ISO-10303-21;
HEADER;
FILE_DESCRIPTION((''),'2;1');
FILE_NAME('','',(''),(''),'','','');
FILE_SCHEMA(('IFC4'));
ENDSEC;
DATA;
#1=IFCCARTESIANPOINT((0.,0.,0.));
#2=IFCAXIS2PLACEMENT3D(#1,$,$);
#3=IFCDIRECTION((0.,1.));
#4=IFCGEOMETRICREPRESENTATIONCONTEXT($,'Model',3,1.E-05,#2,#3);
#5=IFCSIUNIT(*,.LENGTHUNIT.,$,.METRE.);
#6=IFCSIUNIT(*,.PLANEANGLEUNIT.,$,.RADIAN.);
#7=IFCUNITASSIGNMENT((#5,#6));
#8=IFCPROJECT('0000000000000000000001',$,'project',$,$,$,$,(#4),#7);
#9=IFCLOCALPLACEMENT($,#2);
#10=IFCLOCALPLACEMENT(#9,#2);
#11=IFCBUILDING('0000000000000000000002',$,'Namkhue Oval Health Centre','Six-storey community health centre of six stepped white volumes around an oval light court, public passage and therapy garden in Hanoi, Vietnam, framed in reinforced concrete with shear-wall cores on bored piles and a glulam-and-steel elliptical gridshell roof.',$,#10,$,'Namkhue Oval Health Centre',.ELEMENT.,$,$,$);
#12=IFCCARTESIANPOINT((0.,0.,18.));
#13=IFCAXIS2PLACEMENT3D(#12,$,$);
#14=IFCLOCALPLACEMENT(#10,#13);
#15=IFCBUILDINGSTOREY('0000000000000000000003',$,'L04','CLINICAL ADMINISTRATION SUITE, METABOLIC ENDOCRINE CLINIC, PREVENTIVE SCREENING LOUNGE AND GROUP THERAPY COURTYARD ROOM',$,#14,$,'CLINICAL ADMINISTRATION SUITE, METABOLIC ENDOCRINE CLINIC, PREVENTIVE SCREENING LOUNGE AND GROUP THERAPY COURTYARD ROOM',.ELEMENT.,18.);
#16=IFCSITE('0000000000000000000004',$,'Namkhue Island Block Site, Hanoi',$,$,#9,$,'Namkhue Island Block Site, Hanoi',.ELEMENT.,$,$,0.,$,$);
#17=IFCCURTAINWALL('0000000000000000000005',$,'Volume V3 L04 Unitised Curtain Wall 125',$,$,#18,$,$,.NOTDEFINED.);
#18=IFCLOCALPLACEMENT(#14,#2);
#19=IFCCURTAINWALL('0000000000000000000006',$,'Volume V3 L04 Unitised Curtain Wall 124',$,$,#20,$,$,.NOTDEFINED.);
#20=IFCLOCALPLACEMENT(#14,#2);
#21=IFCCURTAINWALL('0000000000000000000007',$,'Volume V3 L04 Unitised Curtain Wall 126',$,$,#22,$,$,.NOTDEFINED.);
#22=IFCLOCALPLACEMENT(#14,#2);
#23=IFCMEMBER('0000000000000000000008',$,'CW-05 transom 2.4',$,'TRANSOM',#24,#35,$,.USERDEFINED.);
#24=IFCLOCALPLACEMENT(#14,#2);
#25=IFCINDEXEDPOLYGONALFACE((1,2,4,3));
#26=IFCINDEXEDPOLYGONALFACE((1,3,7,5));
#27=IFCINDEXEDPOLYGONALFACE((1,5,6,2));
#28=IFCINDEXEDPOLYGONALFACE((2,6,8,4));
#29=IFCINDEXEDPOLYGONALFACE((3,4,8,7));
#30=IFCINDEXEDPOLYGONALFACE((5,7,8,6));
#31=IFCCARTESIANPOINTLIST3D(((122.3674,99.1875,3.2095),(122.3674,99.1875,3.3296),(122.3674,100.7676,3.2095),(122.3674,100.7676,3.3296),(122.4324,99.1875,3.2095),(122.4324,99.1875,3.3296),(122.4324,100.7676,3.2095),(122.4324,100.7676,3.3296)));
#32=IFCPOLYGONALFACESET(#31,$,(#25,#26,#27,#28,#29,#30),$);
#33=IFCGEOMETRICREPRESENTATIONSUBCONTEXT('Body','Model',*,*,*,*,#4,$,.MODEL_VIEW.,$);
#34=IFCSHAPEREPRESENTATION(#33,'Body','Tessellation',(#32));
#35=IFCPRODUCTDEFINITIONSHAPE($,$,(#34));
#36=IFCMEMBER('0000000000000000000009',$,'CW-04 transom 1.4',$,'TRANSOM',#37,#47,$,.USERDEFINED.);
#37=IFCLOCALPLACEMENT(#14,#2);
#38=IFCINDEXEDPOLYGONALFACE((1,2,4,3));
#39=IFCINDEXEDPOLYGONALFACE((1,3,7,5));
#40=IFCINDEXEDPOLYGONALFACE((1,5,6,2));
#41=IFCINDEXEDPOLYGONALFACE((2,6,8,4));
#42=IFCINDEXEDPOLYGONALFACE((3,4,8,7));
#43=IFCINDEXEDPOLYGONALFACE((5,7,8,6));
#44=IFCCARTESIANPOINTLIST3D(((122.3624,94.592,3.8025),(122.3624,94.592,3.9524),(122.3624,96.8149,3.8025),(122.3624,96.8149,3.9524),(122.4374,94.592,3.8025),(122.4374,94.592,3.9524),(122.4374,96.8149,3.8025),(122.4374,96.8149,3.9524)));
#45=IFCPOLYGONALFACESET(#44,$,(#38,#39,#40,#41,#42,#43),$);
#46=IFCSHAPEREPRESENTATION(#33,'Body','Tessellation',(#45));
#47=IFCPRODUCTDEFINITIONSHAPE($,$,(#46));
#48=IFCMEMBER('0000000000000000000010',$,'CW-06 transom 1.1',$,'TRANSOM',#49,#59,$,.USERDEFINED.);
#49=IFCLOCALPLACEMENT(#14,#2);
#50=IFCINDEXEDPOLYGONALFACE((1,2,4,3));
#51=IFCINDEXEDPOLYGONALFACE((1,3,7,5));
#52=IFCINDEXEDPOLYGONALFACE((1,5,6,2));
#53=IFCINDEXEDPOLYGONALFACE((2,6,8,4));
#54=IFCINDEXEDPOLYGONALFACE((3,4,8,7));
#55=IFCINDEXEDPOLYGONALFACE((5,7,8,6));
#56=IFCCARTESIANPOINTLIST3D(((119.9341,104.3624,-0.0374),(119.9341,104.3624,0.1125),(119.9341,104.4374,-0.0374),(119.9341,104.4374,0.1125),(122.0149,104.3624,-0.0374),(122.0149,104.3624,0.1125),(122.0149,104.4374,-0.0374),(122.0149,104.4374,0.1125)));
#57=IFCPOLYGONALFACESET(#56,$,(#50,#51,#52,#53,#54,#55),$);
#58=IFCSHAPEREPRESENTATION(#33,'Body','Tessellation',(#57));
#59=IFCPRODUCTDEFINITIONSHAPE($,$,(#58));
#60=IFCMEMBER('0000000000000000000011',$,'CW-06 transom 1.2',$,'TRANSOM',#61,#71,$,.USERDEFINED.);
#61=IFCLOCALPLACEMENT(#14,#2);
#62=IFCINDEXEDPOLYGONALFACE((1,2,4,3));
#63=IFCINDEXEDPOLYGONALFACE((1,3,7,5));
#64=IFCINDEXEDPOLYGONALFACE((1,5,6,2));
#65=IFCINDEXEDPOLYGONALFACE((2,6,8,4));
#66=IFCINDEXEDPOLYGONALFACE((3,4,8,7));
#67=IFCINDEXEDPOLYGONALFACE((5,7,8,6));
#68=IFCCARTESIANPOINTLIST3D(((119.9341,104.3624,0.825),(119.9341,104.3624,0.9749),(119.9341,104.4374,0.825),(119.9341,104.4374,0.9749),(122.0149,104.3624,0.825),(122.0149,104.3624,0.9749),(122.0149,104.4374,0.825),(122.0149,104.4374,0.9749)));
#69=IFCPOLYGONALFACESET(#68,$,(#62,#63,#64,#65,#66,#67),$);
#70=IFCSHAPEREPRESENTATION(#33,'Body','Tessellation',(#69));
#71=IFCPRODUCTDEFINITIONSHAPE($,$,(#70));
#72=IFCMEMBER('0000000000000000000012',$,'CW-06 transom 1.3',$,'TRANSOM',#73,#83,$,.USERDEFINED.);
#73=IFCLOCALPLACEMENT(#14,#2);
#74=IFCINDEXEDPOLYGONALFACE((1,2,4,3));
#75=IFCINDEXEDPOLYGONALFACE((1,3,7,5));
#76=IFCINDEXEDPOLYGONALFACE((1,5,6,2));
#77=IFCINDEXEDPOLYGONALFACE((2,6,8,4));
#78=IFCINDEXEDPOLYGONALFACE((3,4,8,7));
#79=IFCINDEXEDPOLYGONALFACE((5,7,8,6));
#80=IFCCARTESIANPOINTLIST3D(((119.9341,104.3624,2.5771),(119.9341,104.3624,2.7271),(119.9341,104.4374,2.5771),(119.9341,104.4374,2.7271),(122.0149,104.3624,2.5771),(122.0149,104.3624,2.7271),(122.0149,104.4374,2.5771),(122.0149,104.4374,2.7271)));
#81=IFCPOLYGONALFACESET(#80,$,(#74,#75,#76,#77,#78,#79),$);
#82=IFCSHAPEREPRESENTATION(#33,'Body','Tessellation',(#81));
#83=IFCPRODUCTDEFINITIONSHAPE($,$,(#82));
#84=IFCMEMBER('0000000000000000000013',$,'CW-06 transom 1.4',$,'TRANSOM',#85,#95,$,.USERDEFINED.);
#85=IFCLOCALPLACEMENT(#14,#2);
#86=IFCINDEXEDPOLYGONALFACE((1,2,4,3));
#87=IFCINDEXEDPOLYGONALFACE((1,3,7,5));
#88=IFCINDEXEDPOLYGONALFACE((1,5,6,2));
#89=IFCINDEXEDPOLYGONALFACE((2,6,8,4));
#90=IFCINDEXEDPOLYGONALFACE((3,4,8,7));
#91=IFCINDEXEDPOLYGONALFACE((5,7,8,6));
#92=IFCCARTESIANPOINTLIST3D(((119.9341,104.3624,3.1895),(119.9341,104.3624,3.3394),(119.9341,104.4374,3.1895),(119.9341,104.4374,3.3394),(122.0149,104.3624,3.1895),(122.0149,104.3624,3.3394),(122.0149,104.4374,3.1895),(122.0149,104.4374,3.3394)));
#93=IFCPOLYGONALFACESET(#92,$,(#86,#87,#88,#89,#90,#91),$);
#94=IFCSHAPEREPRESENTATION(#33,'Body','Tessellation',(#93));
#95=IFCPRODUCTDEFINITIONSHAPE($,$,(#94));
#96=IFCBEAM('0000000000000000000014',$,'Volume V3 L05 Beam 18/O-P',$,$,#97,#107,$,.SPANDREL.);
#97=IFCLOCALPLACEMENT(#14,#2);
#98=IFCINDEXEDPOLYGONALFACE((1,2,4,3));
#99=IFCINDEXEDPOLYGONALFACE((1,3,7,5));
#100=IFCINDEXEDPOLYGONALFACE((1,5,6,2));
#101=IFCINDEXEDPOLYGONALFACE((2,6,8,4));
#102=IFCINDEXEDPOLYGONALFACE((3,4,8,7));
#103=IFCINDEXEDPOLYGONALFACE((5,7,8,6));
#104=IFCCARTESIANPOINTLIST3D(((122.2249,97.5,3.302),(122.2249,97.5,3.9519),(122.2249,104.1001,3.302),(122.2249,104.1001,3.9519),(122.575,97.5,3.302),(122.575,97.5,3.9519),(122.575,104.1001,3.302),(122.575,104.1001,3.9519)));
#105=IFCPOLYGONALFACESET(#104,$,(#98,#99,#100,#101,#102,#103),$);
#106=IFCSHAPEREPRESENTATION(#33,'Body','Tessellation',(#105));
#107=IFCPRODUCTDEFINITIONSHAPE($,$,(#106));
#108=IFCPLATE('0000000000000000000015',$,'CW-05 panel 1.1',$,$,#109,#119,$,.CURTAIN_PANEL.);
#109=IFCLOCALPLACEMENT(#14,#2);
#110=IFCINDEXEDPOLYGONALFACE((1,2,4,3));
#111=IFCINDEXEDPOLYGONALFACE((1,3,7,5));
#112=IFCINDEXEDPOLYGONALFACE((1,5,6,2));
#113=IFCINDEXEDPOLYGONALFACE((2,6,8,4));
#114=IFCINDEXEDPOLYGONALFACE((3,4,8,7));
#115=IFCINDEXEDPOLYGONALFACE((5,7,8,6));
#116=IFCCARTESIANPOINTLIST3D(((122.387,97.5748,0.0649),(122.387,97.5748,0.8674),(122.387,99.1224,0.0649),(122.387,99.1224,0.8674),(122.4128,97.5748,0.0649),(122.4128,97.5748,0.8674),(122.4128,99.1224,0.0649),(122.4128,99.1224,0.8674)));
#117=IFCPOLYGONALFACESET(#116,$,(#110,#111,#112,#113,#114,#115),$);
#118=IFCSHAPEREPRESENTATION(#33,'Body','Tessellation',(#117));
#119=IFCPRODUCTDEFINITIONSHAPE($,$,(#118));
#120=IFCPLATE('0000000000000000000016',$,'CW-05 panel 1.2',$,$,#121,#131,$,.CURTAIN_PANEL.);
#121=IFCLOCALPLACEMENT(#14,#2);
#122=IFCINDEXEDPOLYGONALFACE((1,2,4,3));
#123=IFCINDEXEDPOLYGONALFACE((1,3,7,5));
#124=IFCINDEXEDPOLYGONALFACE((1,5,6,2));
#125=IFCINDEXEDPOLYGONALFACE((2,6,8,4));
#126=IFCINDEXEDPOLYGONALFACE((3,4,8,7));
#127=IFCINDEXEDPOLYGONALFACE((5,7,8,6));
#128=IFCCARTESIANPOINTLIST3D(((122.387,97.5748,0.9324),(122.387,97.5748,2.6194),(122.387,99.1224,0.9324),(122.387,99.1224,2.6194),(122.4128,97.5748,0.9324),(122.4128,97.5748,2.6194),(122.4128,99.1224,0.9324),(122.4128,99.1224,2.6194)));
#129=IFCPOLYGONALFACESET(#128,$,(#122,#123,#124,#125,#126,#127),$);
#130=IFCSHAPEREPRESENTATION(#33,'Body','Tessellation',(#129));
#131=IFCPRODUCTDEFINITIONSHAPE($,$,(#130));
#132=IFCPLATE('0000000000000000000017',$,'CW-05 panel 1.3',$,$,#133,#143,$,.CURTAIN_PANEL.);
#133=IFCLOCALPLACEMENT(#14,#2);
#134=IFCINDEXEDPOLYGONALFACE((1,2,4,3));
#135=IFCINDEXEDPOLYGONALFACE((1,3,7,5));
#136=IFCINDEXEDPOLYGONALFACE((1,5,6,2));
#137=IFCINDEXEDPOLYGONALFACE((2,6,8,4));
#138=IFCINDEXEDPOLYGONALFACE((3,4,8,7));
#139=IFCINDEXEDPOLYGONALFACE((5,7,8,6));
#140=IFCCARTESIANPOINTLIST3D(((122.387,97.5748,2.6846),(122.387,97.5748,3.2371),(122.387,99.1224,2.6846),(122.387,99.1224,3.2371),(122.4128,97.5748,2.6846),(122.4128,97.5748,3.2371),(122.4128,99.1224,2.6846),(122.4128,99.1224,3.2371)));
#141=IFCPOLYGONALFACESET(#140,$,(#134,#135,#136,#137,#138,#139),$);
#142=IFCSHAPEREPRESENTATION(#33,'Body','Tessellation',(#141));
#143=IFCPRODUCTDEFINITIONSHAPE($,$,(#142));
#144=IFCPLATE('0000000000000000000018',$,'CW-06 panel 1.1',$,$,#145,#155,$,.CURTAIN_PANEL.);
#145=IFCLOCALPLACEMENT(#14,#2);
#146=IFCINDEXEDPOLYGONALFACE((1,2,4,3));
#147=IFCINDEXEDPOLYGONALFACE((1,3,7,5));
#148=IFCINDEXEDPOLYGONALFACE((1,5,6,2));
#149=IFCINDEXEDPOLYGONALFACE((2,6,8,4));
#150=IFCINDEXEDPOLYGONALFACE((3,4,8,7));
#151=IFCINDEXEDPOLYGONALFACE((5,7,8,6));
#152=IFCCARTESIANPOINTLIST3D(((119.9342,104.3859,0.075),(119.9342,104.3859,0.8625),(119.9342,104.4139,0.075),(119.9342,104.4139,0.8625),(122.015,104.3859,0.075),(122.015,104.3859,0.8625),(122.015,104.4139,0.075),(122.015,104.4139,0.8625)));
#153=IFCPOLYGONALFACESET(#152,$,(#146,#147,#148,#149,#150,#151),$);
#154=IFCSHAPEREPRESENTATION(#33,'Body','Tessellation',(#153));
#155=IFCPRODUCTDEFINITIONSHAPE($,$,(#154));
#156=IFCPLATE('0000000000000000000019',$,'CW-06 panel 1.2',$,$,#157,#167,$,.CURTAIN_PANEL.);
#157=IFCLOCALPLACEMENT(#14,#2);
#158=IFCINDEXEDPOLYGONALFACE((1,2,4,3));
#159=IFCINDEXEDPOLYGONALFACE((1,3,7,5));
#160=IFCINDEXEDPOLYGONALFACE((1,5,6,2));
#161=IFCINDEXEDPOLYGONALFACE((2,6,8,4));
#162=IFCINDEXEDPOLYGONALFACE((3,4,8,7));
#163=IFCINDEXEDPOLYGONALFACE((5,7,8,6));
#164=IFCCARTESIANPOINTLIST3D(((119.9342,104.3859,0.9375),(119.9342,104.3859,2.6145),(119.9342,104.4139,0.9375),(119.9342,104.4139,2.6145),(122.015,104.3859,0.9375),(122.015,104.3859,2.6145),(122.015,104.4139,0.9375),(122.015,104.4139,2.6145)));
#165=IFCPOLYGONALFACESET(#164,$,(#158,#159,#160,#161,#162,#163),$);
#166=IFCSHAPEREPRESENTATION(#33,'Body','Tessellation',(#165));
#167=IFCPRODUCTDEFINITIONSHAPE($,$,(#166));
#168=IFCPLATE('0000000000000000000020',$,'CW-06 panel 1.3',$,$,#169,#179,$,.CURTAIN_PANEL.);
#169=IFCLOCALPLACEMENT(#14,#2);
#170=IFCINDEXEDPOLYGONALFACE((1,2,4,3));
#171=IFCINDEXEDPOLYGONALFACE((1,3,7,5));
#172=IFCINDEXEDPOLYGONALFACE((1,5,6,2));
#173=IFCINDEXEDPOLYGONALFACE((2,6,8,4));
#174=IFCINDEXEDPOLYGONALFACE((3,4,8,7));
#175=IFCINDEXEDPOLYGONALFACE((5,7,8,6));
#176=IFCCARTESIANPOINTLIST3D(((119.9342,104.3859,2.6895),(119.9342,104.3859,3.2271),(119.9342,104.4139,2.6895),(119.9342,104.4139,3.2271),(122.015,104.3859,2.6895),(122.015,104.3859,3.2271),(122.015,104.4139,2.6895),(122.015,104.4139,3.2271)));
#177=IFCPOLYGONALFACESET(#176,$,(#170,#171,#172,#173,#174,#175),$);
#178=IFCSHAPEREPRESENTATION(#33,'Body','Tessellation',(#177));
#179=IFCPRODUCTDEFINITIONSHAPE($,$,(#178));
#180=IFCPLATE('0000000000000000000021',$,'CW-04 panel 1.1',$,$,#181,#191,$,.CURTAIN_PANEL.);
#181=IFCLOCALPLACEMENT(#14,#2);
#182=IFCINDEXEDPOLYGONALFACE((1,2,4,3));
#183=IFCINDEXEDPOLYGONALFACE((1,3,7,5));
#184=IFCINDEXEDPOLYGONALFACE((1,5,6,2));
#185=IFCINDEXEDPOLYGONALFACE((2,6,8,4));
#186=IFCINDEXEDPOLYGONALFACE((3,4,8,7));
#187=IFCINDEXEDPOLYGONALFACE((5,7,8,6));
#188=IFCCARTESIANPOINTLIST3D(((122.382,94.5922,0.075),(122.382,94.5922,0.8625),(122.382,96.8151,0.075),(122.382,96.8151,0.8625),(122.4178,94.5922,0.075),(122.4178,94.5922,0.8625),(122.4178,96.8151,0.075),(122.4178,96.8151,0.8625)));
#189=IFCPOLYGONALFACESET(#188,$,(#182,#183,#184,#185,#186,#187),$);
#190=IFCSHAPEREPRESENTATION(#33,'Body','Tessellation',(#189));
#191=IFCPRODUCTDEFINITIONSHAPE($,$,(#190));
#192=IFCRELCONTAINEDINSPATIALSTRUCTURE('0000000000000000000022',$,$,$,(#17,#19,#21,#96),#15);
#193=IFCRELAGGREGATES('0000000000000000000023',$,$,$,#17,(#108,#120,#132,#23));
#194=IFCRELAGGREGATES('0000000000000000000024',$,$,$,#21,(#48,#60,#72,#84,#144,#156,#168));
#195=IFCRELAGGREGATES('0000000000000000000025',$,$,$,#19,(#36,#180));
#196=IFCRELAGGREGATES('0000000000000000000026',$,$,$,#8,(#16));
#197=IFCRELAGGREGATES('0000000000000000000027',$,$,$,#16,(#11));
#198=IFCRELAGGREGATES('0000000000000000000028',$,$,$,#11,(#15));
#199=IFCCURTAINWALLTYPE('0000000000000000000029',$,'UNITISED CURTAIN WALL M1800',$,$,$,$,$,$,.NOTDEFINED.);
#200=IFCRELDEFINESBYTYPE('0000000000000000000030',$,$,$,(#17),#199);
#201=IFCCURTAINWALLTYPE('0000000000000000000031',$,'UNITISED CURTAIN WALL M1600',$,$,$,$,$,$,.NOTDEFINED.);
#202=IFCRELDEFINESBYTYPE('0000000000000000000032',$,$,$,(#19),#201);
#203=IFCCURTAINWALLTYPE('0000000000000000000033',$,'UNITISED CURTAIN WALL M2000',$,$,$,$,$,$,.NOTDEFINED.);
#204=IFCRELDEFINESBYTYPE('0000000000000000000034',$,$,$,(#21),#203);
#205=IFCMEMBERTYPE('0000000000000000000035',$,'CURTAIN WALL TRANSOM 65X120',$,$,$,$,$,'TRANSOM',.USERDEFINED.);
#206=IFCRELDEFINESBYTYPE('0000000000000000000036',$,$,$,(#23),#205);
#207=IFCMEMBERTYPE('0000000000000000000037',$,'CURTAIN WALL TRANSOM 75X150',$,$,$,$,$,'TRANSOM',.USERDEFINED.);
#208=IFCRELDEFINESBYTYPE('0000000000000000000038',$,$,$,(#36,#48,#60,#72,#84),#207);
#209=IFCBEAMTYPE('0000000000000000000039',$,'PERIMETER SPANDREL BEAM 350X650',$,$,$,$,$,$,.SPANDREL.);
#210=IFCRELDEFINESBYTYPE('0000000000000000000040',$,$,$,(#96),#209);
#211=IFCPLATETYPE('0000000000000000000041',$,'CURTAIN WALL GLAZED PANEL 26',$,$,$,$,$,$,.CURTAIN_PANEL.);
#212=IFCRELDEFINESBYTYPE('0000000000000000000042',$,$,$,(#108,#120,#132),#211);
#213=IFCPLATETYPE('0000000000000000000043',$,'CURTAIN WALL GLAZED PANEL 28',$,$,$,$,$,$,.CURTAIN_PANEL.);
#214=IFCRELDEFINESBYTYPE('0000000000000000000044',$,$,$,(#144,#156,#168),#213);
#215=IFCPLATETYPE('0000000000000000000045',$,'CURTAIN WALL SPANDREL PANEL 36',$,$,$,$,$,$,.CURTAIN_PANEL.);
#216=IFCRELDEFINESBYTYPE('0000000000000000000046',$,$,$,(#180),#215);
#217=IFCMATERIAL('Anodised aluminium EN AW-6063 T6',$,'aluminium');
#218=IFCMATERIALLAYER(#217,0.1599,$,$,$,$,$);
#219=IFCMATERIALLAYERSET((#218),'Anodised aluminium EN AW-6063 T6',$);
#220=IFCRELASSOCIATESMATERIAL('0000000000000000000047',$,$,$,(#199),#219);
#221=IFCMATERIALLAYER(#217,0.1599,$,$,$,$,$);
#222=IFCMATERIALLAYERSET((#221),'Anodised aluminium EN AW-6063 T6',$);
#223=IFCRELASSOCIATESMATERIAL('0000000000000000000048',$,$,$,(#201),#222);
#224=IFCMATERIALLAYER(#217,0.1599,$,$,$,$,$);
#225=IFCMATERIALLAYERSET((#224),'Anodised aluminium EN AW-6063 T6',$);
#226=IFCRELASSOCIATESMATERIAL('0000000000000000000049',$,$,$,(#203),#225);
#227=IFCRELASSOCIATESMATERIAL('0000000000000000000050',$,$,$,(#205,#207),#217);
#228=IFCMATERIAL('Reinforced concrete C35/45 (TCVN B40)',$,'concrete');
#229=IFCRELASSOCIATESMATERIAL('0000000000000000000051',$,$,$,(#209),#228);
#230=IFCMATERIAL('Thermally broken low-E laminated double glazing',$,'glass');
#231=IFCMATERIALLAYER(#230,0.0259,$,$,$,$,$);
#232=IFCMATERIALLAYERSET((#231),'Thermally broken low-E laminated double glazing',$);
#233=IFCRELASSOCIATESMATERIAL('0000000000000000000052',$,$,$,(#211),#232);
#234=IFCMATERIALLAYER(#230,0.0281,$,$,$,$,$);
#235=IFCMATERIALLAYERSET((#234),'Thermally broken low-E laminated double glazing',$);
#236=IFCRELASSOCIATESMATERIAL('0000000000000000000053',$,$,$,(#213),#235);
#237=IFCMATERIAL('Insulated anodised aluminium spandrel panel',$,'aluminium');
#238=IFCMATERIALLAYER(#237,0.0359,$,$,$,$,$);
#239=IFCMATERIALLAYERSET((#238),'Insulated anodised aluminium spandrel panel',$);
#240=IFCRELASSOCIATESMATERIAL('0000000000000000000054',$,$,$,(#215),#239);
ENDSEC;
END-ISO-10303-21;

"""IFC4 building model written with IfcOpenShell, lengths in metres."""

from ifc_helpers import new_model, si_unit, direction, frame, origin, origin_2d, place, context, subcontext, project, spatial, rectangle, extrude, material, layer, layer_set, material_profile, profile_set, type_object, element, aggregate, save


model = new_model("IFC4")

# Units and contexts
model_context = context("Model", 3, precision=1e-05, world=origin(), true_north=direction((0.0, 1.0)))
body_context = subcontext(model_context, "Body", "Model", "MODEL_VIEW")
ifc_project = project(units=[si_unit("LENGTHUNIT", "METRE"), si_unit("PLANEANGLEUNIT", "RADIAN")], contexts=[model_context])

# Site, building, storey
site_placement = place(None, origin())
site = spatial("IfcSite", under=ifc_project, at=site_placement, Name="Namkhue Island Block Site, Hanoi", LongName="Namkhue Island Block Site, Hanoi", CompositionType="ELEMENT", RefElevation=0.0)
building_placement = place(site_placement, origin())
building = spatial("IfcBuilding", under=site, at=building_placement, Name="Namkhue Oval Health Centre", Description="Six-storey community health centre of six stepped white volumes around an oval light court, public passage and therapy garden in Hanoi, Vietnam, framed in reinforced concrete with shear-wall cores on bored piles and a glulam-and-steel elliptical gridshell roof.", LongName="Namkhue Oval Health Centre", CompositionType="ELEMENT")
storey_placement = place(building_placement, frame((0.0, 0.0, 18.0)))
storey = spatial("IfcBuildingStorey", under=building, at=storey_placement, Name="L04", Description="CLINICAL ADMINISTRATION SUITE, METABOLIC ENDOCRINE CLINIC, PREVENTIVE SCREENING LOUNGE AND GROUP THERAPY COURTYARD ROOM", LongName="CLINICAL ADMINISTRATION SUITE, METABOLIC ENDOCRINE CLINIC, PREVENTIVE SCREENING LOUNGE AND GROUP THERAPY COURTYARD ROOM", CompositionType="ELEMENT", Elevation=18.0)

# Shared definitions
ifc_material_1 = material(Name="Reinforced concrete C35/45 (TCVN B40)", Category="concrete")

# Curtain wall
ifc_material_2 = material(Name="Anodised aluminium EN AW-6063 T6", Category="aluminium")
ifc_layer_1 = layer(ifc_material_2, 0.1599)
ifc_layer_set_1 = layer_set([ifc_layer_1], Name="Anodised aluminium EN AW-6063 T6")
curtain_wall_type_1 = type_object("IfcCurtainWallType", Name="UNITISED CURTAIN WALL M1800", PredefinedType="NOTDEFINED", material=ifc_layer_set_1)
curtain_wall_1_placement = place(storey_placement, origin())
curtain_wall_1 = element("IfcCurtainWall", 1, at=curtain_wall_1_placement, inside=storey, type_object=curtain_wall_type_1, Name="Volume V3 L04 Unitised Curtain Wall 125", PredefinedType="NOTDEFINED")

# Curtain walls
ifc_layer_2 = layer(ifc_material_2, 0.1599)
ifc_layer_set_2 = layer_set([ifc_layer_2], Name="Anodised aluminium EN AW-6063 T6")
curtain_wall_type_2 = type_object("IfcCurtainWallType", Name="UNITISED CURTAIN WALL M1600", PredefinedType="NOTDEFINED", material=ifc_layer_set_2)
curtain_wall_2_placement = place(storey_placement, origin())
curtain_wall_2 = element("IfcCurtainWall", 2, at=curtain_wall_2_placement, inside=storey, type_object=curtain_wall_type_2, Name="Volume V3 L04 Unitised Curtain Wall 124", PredefinedType="NOTDEFINED")
ifc_layer_3 = layer(ifc_material_2, 0.1599)
ifc_layer_set_3 = layer_set([ifc_layer_3], Name="Anodised aluminium EN AW-6063 T6")
curtain_wall_type_3 = type_object("IfcCurtainWallType", Name="UNITISED CURTAIN WALL M2000", PredefinedType="NOTDEFINED", material=ifc_layer_set_3)
curtain_wall_3_placement = place(storey_placement, origin())
curtain_wall_3 = element("IfcCurtainWall", 3, at=curtain_wall_3_placement, inside=storey, type_object=curtain_wall_type_3, Name="Volume V3 L04 Unitised Curtain Wall 126", PredefinedType="NOTDEFINED")

# Members
ifc_material_profile_1 = material_profile(ifc_material_2, rectangle(XDim=0.0649, YDim=0.1201, at=origin_2d()), Name="ALU 65x120")
ifc_profile_set_1 = profile_set([ifc_material_profile_1], Name="Anodised aluminium EN AW-6063 T6")
member_type_1 = type_object("IfcMemberType", Name="CURTAIN WALL TRANSOM 65X120", ElementType="TRANSOM", PredefinedType="USERDEFINED", material=ifc_profile_set_1)
member_1_placement = place(storey_placement, frame((122.3999, 99.1875, 3.2695), z_axis=(0.0, 1.0, 0.0), x_axis=(-1.0, 0.0, 0.0)))
member_1 = element("IfcMember", 4, at=member_1_placement, type_object=member_type_1, Name="CW-05 transom 2.4", ObjectType="TRANSOM", PredefinedType="USERDEFINED", context=body_context, shape_type="SweptSolid", body=[
    extrude(rectangle(XDim=0.0649, YDim=0.1201, at=origin_2d()), origin(), (0.0, 0.0, 1.0), 1.5801),
])
ifc_material_profile_2 = material_profile(ifc_material_2, rectangle(XDim=0.075, YDim=0.1499, at=origin_2d()), Name="ALU 75x150")
ifc_profile_set_2 = profile_set([ifc_material_profile_2], Name="Anodised aluminium EN AW-6063 T6")
member_type_2 = type_object("IfcMemberType", Name="CURTAIN WALL TRANSOM 75X150", ElementType="TRANSOM", PredefinedType="USERDEFINED", material=ifc_profile_set_2)
member_2_placement = place(storey_placement, frame((122.3999, 94.592, 3.8774), z_axis=(0.0, 1.0, 0.0), x_axis=(-1.0, 0.0, 0.0)))
member_2 = element("IfcMember", 5, at=member_2_placement, type_object=member_type_2, Name="CW-04 transom 1.4", ObjectType="TRANSOM", PredefinedType="USERDEFINED", context=body_context, shape_type="SweptSolid", body=[
    extrude(rectangle(XDim=0.075, YDim=0.1499, at=origin_2d()), origin(), (0.0, 0.0, 1.0), 2.2229),
])
member_3_placement = place(storey_placement, frame((122.0149, 104.3999, 0.0376), z_axis=(-1.0, 0.0, 0.0), x_axis=(0.0, -1.0, 0.0)))
member_3 = element("IfcMember", 6, at=member_3_placement, type_object=member_type_2, Name="CW-06 transom 1.1", ObjectType="TRANSOM", PredefinedType="USERDEFINED", context=body_context, shape_type="SweptSolid", body=[
    extrude(rectangle(XDim=0.075, YDim=0.1499, at=origin_2d()), origin(), (0.0, 0.0, 1.0), 2.0808),
])
member_4_placement = place(storey_placement, frame((122.0149, 104.3999, 0.8999), z_axis=(-1.0, 0.0, 0.0), x_axis=(0.0, -1.0, 0.0)))
member_4 = element("IfcMember", 7, at=member_4_placement, type_object=member_type_2, Name="CW-06 transom 1.2", ObjectType="TRANSOM", PredefinedType="USERDEFINED", context=body_context, shape_type="SweptSolid", body=[
    extrude(rectangle(XDim=0.075, YDim=0.1499, at=origin_2d()), origin(), (0.0, 0.0, 1.0), 2.0808),
])
member_5_placement = place(storey_placement, frame((122.0149, 104.3999, 2.6521), z_axis=(-1.0, 0.0, 0.0), x_axis=(0.0, -1.0, 0.0)))
member_5 = element("IfcMember", 8, at=member_5_placement, type_object=member_type_2, Name="CW-06 transom 1.3", ObjectType="TRANSOM", PredefinedType="USERDEFINED", context=body_context, shape_type="SweptSolid", body=[
    extrude(rectangle(XDim=0.075, YDim=0.1499, at=origin_2d()), origin(), (0.0, 0.0, 1.0), 2.0808),
])
member_6_placement = place(storey_placement, frame((122.0149, 104.3999, 3.2644), z_axis=(-1.0, 0.0, 0.0), x_axis=(0.0, -1.0, 0.0)))
member_6 = element("IfcMember", 9, at=member_6_placement, type_object=member_type_2, Name="CW-06 transom 1.4", ObjectType="TRANSOM", PredefinedType="USERDEFINED", context=body_context, shape_type="SweptSolid", body=[
    extrude(rectangle(XDim=0.075, YDim=0.1499, at=origin_2d()), origin(), (0.0, 0.0, 1.0), 2.0808),
])

# Beam
ifc_material_profile_3 = material_profile(ifc_material_1, rectangle(XDim=0.3501, YDim=0.6499, at=origin_2d()), Name="RC 350x650")
ifc_profile_set_3 = profile_set([ifc_material_profile_3], Name="Reinforced concrete C35/45 (TCVN B40)")
beam_type = type_object("IfcBeamType", Name="PERIMETER SPANDREL BEAM 350X650", PredefinedType="SPANDREL", material=ifc_profile_set_3)
beam_placement = place(storey_placement, frame((122.3999, 97.5, 3.627), z_axis=(0.0, 1.0, 0.0), x_axis=(-1.0, 0.0, 0.0)))
element("IfcBeam", 10, at=beam_placement, inside=storey, type_object=beam_type, Name="Volume V3 L05 Beam 18/O-P", PredefinedType="SPANDREL", context=body_context, shape_type="SweptSolid", body=[
    extrude(rectangle(XDim=0.3501, YDim=0.6499, at=origin_2d()), origin(), (0.0, 0.0, 1.0), 6.6001),
])

# Plates
ifc_material_3 = material(Name="Thermally broken low-E laminated double glazing", Category="glass")
ifc_layer_4 = layer(ifc_material_3, 0.0259)
ifc_layer_set_4 = layer_set([ifc_layer_4], Name="Thermally broken low-E laminated double glazing")
plate_type_1 = type_object("IfcPlateType", Name="CURTAIN WALL GLAZED PANEL 26", PredefinedType="CURTAIN_PANEL", material=ifc_layer_set_4)
plate_1_placement = place(storey_placement, frame((122.3999, 98.3486, 0.0649), z_axis=(0.0, 0.0, 1.0), x_axis=(0.0, 1.0, 0.0)))
plate_1 = element("IfcPlate", 11, at=plate_1_placement, type_object=plate_type_1, Name="CW-05 panel 1.1", PredefinedType="CURTAIN_PANEL", context=body_context, shape_type="SweptSolid", body=[
    extrude(rectangle(XDim=1.5476, YDim=0.0259, at=origin_2d()), origin(), (0.0, 0.0, 1.0), 0.8025),
])
plate_2_placement = place(storey_placement, frame((122.3999, 98.3486, 0.9324), z_axis=(0.0, 0.0, 1.0), x_axis=(0.0, 1.0, 0.0)))
plate_2 = element("IfcPlate", 12, at=plate_2_placement, type_object=plate_type_1, Name="CW-05 panel 1.2", PredefinedType="CURTAIN_PANEL", context=body_context, shape_type="SweptSolid", body=[
    extrude(rectangle(XDim=1.5476, YDim=0.0259, at=origin_2d()), origin(), (0.0, 0.0, 1.0), 1.687),
])
plate_3_placement = place(storey_placement, frame((122.3999, 98.3486, 2.6846), z_axis=(0.0, 0.0, 1.0), x_axis=(0.0, 1.0, 0.0)))
plate_3 = element("IfcPlate", 13, at=plate_3_placement, type_object=plate_type_1, Name="CW-05 panel 1.3", PredefinedType="CURTAIN_PANEL", context=body_context, shape_type="SweptSolid", body=[
    extrude(rectangle(XDim=1.5476, YDim=0.0259, at=origin_2d()), origin(), (0.0, 0.0, 1.0), 0.5525),
])
aggregate(curtain_wall_1, [plate_1, plate_2, plate_3, member_1])
ifc_layer_5 = layer(ifc_material_3, 0.0281)
ifc_layer_set_5 = layer_set([ifc_layer_5], Name="Thermally broken low-E laminated double glazing")
plate_type_2 = type_object("IfcPlateType", Name="CURTAIN WALL GLAZED PANEL 28", PredefinedType="CURTAIN_PANEL", material=ifc_layer_set_5)
plate_4_placement = place(storey_placement, frame((120.9746, 104.3999, 0.075), z_axis=(0.0, 0.0, 1.0), x_axis=(-1.0, 0.0, 0.0)))
plate_4 = element("IfcPlate", 14, at=plate_4_placement, type_object=plate_type_2, Name="CW-06 panel 1.1", PredefinedType="CURTAIN_PANEL", context=body_context, shape_type="SweptSolid", body=[
    extrude(rectangle(XDim=2.0808, YDim=0.0281, at=origin_2d()), origin(), (0.0, 0.0, 1.0), 0.7876),
])
plate_5_placement = place(storey_placement, frame((120.9746, 104.3999, 0.9375), z_axis=(0.0, 0.0, 1.0), x_axis=(-1.0, 0.0, 0.0)))
plate_5 = element("IfcPlate", 15, at=plate_5_placement, type_object=plate_type_2, Name="CW-06 panel 1.2", PredefinedType="CURTAIN_PANEL", context=body_context, shape_type="SweptSolid", body=[
    extrude(rectangle(XDim=2.0808, YDim=0.0281, at=origin_2d()), origin(), (0.0, 0.0, 1.0), 1.677),
])
plate_6_placement = place(storey_placement, frame((120.9746, 104.3999, 2.6895), z_axis=(0.0, 0.0, 1.0), x_axis=(-1.0, 0.0, 0.0)))
plate_6 = element("IfcPlate", 16, at=plate_6_placement, type_object=plate_type_2, Name="CW-06 panel 1.3", PredefinedType="CURTAIN_PANEL", context=body_context, shape_type="SweptSolid", body=[
    extrude(rectangle(XDim=2.0808, YDim=0.0281, at=origin_2d()), origin(), (0.0, 0.0, 1.0), 0.5376),
])
aggregate(curtain_wall_3, [member_3, member_4, member_5, member_6, plate_4, plate_5, plate_6])
ifc_material_4 = material(Name="Insulated anodised aluminium spandrel panel", Category="aluminium")
ifc_layer_6 = layer(ifc_material_4, 0.0359)
ifc_layer_set_6 = layer_set([ifc_layer_6], Name="Insulated anodised aluminium spandrel panel")
plate_type_3 = type_object("IfcPlateType", Name="CURTAIN WALL SPANDREL PANEL 36", PredefinedType="CURTAIN_PANEL", material=ifc_layer_set_6)
plate_7_placement = place(storey_placement, frame((122.3999, 95.7036, 0.075), z_axis=(0.0, 0.0, 1.0), x_axis=(0.0, 1.0, 0.0)))
plate_7 = element("IfcPlate", 17, at=plate_7_placement, type_object=plate_type_3, Name="CW-04 panel 1.1", PredefinedType="CURTAIN_PANEL", context=body_context, shape_type="SweptSolid", body=[
    extrude(rectangle(XDim=2.2229, YDim=0.0359, at=origin_2d()), origin(), (0.0, 0.0, 1.0), 0.7876),
])
aggregate(curtain_wall_2, [member_2, plate_7])

save(model, "model.ifc")
